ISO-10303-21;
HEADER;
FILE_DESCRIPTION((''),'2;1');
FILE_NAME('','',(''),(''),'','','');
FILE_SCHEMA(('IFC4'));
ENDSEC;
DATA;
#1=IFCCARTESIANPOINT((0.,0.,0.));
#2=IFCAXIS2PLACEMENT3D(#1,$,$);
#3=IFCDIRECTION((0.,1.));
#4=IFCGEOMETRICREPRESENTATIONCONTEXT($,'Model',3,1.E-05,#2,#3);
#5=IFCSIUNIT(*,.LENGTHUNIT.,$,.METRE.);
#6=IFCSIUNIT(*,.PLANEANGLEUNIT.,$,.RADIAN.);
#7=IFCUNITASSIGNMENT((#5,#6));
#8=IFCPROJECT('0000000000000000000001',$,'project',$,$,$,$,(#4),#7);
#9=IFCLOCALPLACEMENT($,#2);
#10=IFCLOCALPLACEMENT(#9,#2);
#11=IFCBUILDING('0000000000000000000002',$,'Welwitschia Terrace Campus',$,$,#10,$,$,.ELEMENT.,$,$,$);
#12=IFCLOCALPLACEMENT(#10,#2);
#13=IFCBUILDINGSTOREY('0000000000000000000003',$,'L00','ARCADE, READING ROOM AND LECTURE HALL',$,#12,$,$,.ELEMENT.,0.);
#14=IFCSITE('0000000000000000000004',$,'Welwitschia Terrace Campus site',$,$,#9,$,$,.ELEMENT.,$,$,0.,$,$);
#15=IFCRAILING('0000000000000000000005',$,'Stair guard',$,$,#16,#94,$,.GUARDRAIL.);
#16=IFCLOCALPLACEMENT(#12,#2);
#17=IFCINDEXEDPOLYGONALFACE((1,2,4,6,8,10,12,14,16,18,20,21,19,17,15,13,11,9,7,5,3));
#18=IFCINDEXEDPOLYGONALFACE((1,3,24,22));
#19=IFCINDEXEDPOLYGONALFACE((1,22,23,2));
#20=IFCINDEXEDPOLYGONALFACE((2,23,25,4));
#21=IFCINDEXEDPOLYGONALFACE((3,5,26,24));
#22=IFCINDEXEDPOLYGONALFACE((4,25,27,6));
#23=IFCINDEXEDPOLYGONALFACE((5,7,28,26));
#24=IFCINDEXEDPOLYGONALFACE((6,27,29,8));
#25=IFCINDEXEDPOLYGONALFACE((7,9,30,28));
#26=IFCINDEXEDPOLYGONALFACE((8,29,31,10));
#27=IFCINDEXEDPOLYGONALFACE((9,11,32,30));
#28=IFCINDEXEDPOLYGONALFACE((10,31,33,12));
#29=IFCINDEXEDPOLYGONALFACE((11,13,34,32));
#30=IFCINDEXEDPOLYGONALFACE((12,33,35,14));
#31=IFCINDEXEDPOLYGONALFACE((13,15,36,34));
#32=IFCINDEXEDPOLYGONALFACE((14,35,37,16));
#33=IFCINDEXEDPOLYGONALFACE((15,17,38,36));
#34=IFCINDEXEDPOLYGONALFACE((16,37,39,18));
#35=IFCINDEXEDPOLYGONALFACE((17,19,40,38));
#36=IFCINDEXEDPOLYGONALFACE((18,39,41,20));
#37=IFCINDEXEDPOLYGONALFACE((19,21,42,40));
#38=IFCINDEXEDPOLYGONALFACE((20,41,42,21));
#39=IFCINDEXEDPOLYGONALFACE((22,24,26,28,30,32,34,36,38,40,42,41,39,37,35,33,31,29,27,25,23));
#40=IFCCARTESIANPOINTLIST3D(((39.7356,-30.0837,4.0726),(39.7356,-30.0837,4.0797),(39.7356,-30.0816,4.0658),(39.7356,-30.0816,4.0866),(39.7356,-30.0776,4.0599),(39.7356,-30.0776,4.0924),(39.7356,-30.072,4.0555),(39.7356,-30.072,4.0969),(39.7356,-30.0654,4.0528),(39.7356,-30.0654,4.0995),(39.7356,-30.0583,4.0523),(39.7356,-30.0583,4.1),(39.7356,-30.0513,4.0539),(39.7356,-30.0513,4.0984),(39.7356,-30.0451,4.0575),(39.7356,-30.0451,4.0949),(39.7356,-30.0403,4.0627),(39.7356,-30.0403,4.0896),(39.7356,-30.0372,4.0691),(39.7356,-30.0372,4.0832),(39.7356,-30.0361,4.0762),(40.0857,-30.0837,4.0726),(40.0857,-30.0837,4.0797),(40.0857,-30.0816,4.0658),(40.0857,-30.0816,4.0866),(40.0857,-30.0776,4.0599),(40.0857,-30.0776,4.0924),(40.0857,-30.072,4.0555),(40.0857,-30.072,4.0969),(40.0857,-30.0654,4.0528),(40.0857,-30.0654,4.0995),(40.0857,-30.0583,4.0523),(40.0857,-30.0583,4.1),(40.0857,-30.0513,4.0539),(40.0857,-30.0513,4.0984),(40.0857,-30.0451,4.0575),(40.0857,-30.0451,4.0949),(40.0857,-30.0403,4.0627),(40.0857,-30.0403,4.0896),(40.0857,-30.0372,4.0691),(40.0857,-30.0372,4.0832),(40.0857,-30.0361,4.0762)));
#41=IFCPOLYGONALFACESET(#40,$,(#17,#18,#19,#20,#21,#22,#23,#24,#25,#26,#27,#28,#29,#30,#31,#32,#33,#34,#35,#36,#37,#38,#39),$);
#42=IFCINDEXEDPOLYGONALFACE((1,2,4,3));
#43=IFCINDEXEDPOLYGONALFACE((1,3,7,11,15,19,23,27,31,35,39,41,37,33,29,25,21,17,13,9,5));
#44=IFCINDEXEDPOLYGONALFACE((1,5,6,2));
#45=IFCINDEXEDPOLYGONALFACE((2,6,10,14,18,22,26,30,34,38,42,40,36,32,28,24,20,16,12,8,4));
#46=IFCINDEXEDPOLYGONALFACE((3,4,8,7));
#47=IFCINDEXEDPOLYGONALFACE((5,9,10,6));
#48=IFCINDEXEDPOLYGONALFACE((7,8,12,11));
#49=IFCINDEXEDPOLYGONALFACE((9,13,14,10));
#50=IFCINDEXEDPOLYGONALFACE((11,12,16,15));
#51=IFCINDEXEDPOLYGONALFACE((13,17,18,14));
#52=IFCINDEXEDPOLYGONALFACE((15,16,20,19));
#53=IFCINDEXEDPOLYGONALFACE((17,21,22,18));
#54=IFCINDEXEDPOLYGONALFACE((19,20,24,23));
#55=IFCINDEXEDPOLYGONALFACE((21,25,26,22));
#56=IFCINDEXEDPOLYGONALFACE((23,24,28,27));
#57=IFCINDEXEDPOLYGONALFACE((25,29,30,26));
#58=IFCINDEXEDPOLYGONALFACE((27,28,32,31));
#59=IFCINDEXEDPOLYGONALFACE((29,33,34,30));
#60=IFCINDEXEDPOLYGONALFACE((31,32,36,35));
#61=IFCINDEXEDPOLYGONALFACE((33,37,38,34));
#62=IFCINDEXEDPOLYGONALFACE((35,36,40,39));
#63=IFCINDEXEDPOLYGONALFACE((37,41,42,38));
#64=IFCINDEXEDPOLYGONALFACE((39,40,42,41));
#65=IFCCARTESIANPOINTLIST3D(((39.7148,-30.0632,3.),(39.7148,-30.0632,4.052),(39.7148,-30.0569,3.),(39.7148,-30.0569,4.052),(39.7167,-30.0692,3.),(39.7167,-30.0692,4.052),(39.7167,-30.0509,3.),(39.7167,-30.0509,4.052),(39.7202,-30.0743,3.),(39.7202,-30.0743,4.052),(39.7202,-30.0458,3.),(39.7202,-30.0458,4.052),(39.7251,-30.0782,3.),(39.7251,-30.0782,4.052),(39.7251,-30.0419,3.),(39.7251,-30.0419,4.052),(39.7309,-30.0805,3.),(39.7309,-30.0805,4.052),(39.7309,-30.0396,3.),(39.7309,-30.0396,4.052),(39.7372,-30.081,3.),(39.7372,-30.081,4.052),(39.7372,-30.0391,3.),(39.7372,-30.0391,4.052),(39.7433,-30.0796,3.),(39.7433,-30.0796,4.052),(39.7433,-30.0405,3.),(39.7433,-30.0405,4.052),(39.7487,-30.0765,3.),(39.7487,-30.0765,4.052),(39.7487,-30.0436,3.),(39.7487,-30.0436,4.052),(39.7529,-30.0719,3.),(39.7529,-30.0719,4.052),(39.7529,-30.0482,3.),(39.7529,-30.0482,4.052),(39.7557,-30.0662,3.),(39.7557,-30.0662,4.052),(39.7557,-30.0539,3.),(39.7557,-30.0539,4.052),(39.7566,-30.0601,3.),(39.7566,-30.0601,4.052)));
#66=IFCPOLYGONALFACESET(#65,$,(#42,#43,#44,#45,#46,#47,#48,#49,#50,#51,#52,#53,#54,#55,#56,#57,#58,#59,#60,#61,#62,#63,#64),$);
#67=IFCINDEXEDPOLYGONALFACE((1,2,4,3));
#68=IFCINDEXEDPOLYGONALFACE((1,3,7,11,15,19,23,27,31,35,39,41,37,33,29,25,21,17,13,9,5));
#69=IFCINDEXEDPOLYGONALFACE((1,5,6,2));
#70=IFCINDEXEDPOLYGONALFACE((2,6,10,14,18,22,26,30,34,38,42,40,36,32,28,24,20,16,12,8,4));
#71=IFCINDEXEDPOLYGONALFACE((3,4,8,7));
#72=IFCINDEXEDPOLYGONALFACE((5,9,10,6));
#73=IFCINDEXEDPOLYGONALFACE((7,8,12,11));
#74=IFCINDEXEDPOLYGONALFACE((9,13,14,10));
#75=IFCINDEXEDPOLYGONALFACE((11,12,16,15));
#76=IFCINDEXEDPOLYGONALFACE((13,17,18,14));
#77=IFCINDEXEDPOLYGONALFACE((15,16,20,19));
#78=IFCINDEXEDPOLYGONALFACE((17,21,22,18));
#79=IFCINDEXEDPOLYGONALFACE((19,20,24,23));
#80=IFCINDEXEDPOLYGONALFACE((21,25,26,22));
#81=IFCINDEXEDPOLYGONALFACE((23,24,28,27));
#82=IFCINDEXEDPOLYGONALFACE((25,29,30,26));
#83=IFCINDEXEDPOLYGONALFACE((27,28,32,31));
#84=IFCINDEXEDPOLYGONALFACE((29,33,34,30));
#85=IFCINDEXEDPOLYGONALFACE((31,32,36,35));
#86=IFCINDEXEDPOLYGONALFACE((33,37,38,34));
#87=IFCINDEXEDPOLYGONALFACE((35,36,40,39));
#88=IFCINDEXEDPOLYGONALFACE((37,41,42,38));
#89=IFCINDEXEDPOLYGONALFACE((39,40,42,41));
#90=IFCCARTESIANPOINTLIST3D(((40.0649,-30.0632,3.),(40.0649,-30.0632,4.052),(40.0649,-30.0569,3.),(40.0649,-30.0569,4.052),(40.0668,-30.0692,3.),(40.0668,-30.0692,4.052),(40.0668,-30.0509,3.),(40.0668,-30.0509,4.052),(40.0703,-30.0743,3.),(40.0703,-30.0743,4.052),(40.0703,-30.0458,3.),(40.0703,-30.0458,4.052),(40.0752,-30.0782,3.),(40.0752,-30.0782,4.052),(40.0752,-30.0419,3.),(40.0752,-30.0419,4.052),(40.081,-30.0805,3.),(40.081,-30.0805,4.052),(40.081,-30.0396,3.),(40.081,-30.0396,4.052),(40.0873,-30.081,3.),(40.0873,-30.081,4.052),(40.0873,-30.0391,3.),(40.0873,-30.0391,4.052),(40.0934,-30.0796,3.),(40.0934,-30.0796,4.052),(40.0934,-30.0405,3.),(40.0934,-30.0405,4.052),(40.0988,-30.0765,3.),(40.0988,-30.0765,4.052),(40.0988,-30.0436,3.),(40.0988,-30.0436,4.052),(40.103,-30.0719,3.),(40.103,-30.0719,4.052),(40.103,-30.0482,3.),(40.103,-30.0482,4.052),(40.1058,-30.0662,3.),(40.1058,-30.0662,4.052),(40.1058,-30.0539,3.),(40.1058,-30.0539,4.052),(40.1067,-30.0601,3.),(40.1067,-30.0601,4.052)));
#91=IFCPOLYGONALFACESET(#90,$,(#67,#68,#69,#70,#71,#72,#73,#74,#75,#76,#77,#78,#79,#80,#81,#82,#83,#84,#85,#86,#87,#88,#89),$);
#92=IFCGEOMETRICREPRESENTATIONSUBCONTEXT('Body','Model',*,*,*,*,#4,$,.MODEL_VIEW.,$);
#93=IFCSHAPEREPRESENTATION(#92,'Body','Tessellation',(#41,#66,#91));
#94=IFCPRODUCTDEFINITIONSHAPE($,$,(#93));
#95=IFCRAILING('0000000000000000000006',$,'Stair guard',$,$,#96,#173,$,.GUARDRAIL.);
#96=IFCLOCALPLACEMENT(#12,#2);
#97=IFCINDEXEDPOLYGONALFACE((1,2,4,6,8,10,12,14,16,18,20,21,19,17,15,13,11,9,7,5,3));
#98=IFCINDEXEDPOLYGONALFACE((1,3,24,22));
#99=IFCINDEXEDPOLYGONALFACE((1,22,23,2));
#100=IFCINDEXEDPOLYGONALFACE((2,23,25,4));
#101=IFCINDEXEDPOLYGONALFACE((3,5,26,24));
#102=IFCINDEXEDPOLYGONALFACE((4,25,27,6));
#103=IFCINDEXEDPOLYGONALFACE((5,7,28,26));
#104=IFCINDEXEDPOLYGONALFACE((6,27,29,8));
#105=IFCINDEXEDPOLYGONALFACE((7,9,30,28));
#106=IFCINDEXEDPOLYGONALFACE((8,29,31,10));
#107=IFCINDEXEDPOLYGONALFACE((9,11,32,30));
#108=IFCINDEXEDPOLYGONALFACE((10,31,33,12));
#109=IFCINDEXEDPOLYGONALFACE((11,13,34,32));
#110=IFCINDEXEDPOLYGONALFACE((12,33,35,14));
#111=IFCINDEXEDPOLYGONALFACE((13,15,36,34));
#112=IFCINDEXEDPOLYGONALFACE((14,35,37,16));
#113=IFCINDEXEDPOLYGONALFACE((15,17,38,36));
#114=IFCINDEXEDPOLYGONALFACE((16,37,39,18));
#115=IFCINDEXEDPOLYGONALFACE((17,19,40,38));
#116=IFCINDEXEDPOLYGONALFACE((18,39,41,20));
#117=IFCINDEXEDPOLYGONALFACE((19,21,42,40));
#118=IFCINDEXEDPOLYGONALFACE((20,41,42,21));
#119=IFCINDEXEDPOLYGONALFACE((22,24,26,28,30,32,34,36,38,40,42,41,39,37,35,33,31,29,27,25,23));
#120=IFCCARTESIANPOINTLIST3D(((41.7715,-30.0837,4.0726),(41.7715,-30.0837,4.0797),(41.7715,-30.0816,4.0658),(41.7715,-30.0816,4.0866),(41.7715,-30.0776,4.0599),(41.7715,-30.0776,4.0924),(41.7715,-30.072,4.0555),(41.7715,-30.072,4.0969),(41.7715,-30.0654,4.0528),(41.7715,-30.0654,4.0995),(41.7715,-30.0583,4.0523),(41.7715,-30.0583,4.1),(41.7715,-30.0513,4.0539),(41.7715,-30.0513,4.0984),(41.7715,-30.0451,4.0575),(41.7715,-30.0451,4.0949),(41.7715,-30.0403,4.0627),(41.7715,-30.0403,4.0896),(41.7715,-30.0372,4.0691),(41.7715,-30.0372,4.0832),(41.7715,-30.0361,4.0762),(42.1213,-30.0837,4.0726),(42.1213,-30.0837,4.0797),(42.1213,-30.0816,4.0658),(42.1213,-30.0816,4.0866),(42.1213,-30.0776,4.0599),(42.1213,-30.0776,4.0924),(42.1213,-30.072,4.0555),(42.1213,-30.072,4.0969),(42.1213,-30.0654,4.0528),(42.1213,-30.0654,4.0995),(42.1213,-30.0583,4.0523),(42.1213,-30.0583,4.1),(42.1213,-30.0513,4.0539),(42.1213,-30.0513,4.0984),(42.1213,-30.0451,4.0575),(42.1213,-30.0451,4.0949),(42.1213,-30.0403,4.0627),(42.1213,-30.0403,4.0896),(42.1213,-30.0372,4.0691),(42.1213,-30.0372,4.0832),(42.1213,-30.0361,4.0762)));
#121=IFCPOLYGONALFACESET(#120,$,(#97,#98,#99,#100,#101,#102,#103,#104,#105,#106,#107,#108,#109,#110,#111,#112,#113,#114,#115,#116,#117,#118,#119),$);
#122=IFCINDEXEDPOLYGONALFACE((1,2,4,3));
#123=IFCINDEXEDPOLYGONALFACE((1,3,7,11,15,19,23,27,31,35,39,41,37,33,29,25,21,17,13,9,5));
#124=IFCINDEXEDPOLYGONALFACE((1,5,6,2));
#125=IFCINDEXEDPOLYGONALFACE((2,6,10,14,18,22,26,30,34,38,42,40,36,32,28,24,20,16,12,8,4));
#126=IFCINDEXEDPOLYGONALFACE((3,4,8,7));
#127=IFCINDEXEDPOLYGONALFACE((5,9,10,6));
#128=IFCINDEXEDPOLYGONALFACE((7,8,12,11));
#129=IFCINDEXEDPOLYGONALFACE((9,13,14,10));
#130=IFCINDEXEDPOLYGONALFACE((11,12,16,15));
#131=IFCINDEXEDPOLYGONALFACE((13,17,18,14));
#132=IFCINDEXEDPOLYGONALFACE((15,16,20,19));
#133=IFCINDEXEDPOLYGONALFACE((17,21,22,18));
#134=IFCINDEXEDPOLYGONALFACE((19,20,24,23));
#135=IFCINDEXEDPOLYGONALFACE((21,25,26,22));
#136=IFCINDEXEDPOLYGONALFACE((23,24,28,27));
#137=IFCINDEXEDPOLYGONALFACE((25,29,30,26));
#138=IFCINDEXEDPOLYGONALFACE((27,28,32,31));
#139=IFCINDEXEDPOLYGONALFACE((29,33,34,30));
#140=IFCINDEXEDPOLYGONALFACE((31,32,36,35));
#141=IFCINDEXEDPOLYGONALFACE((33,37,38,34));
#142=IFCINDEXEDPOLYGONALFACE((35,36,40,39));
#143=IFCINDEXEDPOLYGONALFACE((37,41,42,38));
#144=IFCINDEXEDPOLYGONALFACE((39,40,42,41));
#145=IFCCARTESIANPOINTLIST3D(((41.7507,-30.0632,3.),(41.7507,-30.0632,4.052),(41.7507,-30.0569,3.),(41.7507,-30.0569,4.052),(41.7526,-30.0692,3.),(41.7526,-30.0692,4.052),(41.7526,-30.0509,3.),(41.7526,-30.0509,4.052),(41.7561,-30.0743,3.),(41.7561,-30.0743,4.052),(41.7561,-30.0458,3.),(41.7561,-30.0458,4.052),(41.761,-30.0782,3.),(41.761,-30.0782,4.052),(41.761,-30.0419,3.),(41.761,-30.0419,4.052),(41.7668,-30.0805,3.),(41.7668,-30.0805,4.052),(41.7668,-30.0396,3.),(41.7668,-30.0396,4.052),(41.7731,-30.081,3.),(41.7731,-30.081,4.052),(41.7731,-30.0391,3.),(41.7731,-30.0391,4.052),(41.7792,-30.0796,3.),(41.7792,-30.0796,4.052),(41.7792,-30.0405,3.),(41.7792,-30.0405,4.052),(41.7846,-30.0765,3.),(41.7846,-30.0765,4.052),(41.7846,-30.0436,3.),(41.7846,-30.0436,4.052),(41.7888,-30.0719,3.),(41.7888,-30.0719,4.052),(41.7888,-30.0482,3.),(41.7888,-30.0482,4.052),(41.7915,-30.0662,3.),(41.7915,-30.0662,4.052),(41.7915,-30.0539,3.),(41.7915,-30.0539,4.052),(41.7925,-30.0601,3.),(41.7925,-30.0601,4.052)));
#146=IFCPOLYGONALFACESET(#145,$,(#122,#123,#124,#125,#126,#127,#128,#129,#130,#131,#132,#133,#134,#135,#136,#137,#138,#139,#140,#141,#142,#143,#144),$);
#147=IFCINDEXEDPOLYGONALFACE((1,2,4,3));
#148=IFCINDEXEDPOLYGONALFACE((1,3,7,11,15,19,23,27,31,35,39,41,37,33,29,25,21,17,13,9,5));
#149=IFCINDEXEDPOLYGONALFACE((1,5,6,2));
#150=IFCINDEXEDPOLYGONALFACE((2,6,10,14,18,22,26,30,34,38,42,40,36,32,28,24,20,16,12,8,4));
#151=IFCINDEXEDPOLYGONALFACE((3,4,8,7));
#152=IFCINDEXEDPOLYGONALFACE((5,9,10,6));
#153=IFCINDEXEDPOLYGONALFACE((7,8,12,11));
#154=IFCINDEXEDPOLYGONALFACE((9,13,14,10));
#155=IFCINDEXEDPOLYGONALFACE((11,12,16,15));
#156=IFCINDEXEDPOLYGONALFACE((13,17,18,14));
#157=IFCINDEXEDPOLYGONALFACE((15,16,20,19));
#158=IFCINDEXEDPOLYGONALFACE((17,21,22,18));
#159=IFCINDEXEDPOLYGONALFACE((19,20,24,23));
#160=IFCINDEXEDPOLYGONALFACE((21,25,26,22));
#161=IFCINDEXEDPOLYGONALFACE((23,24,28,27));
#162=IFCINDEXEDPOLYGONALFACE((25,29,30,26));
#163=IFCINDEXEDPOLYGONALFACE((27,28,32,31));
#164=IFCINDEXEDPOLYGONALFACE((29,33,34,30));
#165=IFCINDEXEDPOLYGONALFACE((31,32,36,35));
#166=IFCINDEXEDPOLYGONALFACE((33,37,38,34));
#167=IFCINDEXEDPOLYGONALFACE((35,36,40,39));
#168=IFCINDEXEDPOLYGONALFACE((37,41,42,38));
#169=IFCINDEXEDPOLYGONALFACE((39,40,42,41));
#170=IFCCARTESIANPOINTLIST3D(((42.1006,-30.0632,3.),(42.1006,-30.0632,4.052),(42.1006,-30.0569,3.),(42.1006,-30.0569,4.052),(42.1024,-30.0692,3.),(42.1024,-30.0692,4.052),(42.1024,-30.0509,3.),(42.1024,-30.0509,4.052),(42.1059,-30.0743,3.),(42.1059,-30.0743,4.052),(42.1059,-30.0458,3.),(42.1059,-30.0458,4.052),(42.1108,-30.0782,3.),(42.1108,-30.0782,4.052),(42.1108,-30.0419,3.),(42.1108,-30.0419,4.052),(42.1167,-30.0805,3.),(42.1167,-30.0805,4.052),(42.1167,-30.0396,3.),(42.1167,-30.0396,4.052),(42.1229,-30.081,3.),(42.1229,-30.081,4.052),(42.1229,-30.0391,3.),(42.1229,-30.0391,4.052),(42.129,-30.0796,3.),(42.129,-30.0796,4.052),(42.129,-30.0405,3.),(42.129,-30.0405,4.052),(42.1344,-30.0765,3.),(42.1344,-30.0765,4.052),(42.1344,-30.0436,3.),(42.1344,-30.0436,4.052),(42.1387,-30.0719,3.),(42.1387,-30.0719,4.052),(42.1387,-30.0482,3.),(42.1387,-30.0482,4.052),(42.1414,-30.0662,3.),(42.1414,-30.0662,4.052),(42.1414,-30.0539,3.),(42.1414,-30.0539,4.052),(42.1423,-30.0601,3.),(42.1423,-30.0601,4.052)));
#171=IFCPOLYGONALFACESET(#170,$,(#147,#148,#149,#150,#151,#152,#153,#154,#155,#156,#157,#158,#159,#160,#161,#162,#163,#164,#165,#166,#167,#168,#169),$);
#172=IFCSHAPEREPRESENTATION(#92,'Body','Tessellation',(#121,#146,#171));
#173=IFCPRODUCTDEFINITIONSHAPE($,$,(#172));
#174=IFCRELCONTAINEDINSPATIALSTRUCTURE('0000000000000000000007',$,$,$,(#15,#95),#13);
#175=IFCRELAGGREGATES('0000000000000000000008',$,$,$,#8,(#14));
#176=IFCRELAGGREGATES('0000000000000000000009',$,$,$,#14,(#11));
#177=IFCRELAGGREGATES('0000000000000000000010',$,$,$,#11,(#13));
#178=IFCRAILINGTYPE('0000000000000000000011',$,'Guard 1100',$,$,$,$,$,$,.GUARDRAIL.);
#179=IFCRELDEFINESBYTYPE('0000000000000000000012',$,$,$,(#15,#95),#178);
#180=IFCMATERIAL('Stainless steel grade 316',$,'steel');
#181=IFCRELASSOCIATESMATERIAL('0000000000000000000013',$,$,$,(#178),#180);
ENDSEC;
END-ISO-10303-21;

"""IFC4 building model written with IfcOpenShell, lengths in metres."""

from ifc_helpers import new_model, si_unit, direction, frame, origin, origin_2d, place, context, subcontext, project, spatial, circle, extrude, material, type_object, element, save


model = new_model("IFC4")

# Units and contexts
model_context = context("Model", 3, precision=1e-05, world=origin(), true_north=direction((0.0, 1.0)))
body_context = subcontext(model_context, "Body", "Model", "MODEL_VIEW")
ifc_project = project(units=[si_unit("LENGTHUNIT", "METRE"), si_unit("PLANEANGLEUNIT", "RADIAN")], contexts=[model_context])

# Site, building, storey
site_placement = place(None, origin())
site = spatial("IfcSite", under=ifc_project, at=site_placement, Name="Welwitschia Terrace Campus site", CompositionType="ELEMENT", RefElevation=0.0)
building_placement = place(site_placement, origin())
building = spatial("IfcBuilding", under=site, at=building_placement, Name="Welwitschia Terrace Campus", CompositionType="ELEMENT")
storey_placement = place(building_placement, origin())
storey = spatial("IfcBuildingStorey", under=building, at=storey_placement, Name="L00", Description="ARCADE, READING ROOM AND LECTURE HALL", CompositionType="ELEMENT", Elevation=0.0)

# Railings
ifc_material_1 = material(Name="Stainless steel grade 316", Category="steel")
railing_type_1 = type_object("IfcRailingType", Name="Guard 1100", PredefinedType="GUARDRAIL", material=ifc_material_1)
railing_1_placement = place(storey_placement, frame((39.7356, -30.0601, 3.0)))
element("IfcRailing", 1, at=railing_1_placement, inside=storey, type_object=railing_type_1, Name="Stair guard", PredefinedType="GUARDRAIL", context=body_context, shape_type="SweptSolid", body=[
    extrude(circle(Radius=0.0239, at=origin_2d()), frame((0.0, 0.0, 1.0762), z_axis=(1.0, 0.0, 0.0), x_axis=(0.0, 1.0, 0.0)), (0.0, 0.0, 1.0), 0.3501),
    extrude(circle(Radius=0.021, at=origin_2d()), origin(), (0.0, 0.0, 1.0), 1.052),
    extrude(circle(Radius=0.021, at=origin_2d()), frame((0.3501, 0.0, 0.0)), (0.0, 0.0, 1.0), 1.052),
])
for number, where, name in (
    (2, (41.7715, -30.0601, 3.0), "Stair guard"),
):
    element("IfcRailing", number, at=place(storey_placement, frame(where)), inside=storey, type_object=railing_type_1, Name=name, PredefinedType="GUARDRAIL", context=body_context, shape_type="SweptSolid", body=[
        extrude(circle(Radius=0.0239, at=origin_2d()), frame((0.0, 0.0, 1.0762), z_axis=(1.0, 0.0, 0.0), x_axis=(0.0, 1.0, 0.0)), (0.0, 0.0, 1.0), 0.3499),
        extrude(circle(Radius=0.021, at=origin_2d()), origin(), (0.0, 0.0, 1.0), 1.052),
        extrude(circle(Radius=0.021, at=origin_2d()), frame((0.3499, 0.0, 0.0)), (0.0, 0.0, 1.0), 1.052),
    ])

save(model, "model.ifc")
